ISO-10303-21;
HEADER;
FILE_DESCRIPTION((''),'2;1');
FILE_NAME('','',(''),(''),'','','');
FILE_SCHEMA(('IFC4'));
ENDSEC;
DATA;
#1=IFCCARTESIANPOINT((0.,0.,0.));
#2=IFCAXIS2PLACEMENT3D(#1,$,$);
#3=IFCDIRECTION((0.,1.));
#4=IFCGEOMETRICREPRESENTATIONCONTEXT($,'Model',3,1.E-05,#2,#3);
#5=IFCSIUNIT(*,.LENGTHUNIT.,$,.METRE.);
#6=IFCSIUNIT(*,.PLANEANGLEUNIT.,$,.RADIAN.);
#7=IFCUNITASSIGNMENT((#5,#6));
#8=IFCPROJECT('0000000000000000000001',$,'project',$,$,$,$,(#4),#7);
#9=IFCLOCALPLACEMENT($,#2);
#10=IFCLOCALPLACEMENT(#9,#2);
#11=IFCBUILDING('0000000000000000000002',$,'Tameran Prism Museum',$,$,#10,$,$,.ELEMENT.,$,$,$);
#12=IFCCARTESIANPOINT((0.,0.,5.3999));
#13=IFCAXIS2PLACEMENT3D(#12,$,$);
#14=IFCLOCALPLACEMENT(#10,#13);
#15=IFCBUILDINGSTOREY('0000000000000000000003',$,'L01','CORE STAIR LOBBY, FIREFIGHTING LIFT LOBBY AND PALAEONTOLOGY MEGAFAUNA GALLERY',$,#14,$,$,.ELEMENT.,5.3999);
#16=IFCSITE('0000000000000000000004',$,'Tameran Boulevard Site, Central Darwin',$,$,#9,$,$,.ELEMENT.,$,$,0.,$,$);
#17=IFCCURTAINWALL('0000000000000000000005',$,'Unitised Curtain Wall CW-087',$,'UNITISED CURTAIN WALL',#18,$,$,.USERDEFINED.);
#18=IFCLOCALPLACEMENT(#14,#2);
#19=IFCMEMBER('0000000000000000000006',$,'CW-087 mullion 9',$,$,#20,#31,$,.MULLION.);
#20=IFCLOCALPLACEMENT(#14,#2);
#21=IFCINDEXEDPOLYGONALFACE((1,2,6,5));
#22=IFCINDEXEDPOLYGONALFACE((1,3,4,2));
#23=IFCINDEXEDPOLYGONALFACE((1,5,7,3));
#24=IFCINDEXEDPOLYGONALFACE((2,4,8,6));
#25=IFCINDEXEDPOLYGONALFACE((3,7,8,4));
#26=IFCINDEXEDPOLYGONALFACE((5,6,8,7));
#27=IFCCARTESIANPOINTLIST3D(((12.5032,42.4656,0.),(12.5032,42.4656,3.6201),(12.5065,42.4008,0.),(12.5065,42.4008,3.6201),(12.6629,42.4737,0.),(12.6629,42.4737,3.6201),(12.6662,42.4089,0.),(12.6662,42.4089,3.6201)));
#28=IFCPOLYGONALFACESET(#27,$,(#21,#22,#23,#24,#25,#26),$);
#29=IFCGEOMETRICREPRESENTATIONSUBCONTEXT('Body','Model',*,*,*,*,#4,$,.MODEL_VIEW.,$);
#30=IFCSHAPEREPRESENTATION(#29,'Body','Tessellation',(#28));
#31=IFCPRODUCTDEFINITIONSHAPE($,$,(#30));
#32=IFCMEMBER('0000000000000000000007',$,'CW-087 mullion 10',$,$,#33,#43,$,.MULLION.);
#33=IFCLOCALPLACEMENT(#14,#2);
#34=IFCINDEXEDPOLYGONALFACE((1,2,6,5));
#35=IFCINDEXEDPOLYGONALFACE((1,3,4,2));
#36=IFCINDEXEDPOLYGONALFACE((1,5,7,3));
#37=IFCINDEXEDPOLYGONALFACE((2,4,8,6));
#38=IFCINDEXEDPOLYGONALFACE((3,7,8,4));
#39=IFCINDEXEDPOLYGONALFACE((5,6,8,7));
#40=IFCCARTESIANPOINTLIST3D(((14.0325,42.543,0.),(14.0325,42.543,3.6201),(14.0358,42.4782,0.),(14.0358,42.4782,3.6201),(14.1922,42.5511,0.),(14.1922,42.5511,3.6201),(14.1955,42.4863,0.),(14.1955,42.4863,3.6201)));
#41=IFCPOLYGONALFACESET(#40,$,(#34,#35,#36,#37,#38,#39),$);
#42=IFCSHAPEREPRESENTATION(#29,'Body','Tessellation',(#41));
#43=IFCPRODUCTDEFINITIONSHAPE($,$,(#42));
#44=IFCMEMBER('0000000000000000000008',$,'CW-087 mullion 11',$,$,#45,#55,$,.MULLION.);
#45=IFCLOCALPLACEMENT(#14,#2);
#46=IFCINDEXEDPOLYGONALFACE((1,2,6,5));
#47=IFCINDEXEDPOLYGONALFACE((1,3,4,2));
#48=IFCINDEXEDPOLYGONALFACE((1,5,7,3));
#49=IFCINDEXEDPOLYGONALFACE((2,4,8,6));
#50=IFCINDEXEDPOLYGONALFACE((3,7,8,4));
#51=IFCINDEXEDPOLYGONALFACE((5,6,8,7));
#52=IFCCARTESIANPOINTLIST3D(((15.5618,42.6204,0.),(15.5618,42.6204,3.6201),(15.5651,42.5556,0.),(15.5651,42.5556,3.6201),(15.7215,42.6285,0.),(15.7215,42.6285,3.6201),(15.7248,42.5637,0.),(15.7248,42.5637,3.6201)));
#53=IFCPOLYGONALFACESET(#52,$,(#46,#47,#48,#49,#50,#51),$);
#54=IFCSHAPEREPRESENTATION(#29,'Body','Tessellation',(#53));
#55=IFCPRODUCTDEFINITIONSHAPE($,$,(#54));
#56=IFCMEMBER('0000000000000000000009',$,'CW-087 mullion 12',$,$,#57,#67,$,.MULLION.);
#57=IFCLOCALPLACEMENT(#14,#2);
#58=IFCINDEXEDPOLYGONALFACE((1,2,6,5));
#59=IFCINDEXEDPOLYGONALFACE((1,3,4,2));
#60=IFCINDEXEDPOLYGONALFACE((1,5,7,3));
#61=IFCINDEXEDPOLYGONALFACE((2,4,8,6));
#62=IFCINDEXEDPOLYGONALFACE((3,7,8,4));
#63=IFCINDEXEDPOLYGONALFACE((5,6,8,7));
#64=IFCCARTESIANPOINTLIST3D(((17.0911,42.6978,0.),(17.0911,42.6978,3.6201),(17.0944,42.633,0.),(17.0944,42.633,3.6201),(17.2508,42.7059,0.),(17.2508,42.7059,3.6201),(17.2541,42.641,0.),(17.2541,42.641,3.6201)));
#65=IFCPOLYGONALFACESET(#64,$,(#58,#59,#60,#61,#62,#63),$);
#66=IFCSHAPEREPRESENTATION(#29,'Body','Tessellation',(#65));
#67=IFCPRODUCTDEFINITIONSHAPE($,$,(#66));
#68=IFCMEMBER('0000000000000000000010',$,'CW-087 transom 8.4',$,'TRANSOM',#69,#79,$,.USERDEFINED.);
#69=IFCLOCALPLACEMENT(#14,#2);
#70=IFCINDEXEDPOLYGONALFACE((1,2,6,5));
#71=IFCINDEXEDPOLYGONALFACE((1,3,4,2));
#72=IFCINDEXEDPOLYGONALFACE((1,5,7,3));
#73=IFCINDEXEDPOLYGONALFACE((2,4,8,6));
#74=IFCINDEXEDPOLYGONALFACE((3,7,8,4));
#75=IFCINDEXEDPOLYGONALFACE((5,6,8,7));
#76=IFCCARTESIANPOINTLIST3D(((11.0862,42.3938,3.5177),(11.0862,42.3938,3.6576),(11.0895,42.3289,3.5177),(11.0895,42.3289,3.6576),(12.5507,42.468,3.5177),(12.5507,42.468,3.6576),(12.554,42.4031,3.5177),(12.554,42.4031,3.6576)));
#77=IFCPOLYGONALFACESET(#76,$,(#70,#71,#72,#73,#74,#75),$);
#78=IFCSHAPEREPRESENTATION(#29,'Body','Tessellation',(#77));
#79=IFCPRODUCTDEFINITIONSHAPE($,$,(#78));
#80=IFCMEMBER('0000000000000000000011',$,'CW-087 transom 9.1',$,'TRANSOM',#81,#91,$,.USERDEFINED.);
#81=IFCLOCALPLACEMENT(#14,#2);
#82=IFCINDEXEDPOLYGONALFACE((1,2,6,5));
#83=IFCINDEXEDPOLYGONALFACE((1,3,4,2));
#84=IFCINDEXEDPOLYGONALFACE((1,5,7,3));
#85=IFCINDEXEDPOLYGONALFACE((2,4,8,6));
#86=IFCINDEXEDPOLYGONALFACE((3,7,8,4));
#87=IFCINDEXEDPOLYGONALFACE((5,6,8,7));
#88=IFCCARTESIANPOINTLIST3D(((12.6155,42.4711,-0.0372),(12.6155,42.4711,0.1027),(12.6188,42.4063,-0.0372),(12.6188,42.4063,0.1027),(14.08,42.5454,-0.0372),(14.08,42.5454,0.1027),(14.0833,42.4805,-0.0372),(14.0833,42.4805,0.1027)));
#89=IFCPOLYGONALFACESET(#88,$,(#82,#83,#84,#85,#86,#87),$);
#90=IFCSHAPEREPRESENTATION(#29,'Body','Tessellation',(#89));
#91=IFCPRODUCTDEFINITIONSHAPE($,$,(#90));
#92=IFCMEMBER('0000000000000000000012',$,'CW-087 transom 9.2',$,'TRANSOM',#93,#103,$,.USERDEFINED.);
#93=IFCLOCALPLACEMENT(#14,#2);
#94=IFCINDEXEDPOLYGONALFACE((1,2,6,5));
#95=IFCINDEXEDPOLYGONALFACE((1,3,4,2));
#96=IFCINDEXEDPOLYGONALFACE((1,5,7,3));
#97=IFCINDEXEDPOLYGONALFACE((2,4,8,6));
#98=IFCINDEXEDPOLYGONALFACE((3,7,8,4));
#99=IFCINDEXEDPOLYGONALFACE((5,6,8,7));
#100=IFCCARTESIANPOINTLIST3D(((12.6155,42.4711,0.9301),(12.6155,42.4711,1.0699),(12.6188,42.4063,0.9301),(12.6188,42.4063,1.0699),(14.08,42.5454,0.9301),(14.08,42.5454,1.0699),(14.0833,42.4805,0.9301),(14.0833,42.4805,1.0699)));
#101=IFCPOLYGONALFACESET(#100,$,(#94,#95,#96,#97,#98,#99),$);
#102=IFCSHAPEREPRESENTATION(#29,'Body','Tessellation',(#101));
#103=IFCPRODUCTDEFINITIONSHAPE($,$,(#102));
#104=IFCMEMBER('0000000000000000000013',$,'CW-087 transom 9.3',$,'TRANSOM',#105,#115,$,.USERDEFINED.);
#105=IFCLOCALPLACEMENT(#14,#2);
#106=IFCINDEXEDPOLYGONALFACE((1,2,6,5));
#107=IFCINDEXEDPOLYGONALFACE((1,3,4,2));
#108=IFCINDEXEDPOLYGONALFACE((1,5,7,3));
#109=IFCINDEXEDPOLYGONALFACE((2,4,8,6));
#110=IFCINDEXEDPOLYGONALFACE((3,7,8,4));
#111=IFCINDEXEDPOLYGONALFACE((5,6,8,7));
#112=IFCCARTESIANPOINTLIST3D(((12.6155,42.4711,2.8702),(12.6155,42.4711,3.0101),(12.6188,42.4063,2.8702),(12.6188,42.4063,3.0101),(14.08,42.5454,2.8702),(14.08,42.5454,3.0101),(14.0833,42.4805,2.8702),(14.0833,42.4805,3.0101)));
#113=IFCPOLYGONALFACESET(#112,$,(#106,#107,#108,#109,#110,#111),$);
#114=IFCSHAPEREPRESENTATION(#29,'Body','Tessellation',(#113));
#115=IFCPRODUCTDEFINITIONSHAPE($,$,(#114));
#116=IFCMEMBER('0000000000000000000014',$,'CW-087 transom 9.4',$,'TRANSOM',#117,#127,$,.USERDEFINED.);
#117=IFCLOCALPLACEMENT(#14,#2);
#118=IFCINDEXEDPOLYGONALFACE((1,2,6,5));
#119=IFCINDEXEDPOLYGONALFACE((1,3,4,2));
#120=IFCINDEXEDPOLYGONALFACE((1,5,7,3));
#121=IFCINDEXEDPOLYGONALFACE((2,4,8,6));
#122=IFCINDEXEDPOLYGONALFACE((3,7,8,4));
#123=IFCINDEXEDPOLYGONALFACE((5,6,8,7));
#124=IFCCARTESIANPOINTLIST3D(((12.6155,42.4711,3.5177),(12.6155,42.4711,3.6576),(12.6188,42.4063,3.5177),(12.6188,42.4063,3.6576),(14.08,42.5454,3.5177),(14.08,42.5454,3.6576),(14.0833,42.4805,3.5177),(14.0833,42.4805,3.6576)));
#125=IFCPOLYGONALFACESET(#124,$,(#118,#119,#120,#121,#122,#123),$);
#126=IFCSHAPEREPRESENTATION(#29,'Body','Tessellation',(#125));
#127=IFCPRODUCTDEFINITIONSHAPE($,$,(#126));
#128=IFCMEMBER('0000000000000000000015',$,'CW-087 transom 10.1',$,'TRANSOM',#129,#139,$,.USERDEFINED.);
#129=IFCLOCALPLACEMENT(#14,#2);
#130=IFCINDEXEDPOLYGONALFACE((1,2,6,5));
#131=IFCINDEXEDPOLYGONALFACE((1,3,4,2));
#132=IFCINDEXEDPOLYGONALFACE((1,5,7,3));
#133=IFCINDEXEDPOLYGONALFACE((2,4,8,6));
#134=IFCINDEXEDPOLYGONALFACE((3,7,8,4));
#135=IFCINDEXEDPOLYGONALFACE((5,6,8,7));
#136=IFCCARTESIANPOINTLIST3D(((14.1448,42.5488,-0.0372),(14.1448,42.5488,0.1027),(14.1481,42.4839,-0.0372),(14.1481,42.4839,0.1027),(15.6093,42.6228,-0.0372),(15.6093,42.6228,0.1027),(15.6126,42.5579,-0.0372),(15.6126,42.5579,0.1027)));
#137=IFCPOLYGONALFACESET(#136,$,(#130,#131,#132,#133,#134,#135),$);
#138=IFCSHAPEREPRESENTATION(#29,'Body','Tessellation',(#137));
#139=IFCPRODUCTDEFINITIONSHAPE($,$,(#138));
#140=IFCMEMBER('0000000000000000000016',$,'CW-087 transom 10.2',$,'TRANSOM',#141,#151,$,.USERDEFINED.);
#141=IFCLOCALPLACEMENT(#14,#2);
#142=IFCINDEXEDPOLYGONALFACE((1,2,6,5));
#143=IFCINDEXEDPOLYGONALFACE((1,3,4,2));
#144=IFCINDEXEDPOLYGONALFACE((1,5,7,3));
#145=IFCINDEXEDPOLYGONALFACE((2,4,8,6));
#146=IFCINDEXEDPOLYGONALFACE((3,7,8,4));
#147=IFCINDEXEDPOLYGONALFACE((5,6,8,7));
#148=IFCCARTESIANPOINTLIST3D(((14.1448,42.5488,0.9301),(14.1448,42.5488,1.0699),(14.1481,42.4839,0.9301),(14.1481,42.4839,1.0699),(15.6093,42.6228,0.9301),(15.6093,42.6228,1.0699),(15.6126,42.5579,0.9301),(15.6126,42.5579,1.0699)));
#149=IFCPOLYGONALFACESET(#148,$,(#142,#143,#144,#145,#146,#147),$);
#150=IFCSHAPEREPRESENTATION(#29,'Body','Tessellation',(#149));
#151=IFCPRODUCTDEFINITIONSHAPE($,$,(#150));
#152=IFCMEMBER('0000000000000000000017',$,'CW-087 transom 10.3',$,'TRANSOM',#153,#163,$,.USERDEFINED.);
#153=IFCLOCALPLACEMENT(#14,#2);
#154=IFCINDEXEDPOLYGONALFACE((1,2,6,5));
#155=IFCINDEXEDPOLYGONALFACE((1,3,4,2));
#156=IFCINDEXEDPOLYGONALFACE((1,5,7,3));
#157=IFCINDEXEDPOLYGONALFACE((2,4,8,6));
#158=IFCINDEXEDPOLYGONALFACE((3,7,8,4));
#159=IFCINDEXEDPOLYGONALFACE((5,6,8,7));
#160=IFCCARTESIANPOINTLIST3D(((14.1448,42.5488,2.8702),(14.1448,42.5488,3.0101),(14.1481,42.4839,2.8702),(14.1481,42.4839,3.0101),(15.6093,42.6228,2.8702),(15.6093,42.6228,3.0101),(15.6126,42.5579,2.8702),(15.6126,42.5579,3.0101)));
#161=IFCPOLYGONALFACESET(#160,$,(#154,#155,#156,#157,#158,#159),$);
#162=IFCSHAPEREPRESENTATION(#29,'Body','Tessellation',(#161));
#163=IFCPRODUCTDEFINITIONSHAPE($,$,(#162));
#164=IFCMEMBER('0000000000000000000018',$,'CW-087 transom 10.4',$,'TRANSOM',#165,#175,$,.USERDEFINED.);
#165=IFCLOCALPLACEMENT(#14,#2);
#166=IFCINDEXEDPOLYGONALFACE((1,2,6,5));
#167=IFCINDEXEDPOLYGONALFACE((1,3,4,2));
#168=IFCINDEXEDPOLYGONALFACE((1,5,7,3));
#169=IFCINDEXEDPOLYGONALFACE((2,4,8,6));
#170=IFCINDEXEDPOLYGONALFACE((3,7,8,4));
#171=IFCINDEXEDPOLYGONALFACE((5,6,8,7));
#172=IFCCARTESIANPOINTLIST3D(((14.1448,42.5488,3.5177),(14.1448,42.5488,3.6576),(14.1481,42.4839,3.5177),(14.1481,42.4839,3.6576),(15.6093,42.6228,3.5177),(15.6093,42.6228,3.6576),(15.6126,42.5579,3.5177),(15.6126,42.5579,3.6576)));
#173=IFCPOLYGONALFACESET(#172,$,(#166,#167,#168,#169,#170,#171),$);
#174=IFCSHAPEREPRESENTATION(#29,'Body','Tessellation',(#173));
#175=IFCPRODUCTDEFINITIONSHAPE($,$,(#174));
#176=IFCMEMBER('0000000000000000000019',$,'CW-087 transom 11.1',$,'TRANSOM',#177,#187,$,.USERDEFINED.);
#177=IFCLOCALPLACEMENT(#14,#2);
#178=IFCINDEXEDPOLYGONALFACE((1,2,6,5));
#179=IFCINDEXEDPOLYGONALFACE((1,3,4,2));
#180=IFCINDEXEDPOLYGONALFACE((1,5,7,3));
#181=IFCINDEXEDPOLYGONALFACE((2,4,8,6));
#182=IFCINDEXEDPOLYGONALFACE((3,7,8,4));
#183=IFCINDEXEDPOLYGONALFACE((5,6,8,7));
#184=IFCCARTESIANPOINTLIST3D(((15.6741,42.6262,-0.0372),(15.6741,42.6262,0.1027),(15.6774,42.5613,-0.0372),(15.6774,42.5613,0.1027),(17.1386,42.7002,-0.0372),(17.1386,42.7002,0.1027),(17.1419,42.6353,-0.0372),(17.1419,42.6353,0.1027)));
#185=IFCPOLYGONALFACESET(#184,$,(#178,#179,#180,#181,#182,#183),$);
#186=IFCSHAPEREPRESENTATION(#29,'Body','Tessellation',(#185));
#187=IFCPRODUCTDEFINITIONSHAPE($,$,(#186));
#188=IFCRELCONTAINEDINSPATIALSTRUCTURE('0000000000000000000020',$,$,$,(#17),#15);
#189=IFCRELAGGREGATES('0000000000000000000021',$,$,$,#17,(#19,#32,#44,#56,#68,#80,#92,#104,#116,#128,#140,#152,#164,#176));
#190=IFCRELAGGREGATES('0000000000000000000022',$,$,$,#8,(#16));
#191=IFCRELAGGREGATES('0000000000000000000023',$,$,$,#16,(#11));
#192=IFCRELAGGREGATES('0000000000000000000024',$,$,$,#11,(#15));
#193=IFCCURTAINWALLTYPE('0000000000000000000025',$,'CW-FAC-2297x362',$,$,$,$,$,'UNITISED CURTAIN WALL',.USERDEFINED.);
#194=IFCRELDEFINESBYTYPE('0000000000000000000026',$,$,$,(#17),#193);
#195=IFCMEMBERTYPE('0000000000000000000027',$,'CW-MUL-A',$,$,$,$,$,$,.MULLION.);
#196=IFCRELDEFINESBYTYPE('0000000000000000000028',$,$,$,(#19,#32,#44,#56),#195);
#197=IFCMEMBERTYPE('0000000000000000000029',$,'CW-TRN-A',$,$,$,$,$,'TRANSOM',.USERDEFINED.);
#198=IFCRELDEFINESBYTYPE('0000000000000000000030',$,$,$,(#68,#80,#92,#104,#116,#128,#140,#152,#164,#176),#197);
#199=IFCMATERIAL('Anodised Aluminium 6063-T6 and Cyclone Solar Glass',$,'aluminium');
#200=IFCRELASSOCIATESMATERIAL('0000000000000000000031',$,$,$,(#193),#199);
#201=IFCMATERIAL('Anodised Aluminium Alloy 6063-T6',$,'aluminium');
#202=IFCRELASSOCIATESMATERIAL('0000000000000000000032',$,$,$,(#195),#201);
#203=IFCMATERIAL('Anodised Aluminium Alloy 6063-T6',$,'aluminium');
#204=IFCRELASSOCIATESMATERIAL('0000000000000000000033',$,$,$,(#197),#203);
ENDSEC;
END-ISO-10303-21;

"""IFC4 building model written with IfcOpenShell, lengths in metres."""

from ifc_helpers import new_model, si_unit, direction, frame, origin, origin_2d, place, context, subcontext, project, spatial, rectangle, extrude, material, material_profile, profile_set, type_object, element, aggregate, save


model = new_model("IFC4")

# Units and contexts
model_context = context("Model", 3, precision=1e-05, world=origin(), true_north=direction((0.0, 1.0)))
body_context = subcontext(model_context, "Body", "Model", "MODEL_VIEW")
ifc_project = project(units=[si_unit("LENGTHUNIT", "METRE"), si_unit("PLANEANGLEUNIT", "RADIAN")], contexts=[model_context])

# Site, building, storey
site_placement = place(None, origin())
site = spatial("IfcSite", under=ifc_project, at=site_placement, Name="Tameran Boulevard Site, Central Darwin", CompositionType="ELEMENT", RefElevation=0.0)
building_placement = place(site_placement, origin())
building = spatial("IfcBuilding", under=site, at=building_placement, Name="Tameran Prism Museum", CompositionType="ELEMENT")
storey_placement = place(building_placement, frame((0.0, 0.0, 5.3999)))
storey = spatial("IfcBuildingStorey", under=building, at=storey_placement, Name="L01", Description="CORE STAIR LOBBY, FIREFIGHTING LIFT LOBBY AND PALAEONTOLOGY MEGAFAUNA GALLERY", CompositionType="ELEMENT", Elevation=5.3999)

# Curtain wall, members
ifc_material_1 = material(Name="Anodised Aluminium 6063-T6 and Cyclone Solar Glass", Category="aluminium")
curtain_wall_type = type_object("IfcCurtainWallType", Name="CW-FAC-2297x362", ElementType="UNITISED CURTAIN WALL", PredefinedType="USERDEFINED", material=ifc_material_1)
curtain_wall_placement = place(storey_placement, origin())
curtain_wall = element("IfcCurtainWall", 1, at=curtain_wall_placement, inside=storey, type_object=curtain_wall_type, Name="Unitised Curtain Wall CW-087", ObjectType="UNITISED CURTAIN WALL", PredefinedType="USERDEFINED")
ifc_material_2 = material(Name="Anodised Aluminium Alloy 6063-T6", Category="aluminium")
ifc_material_profile_1 = material_profile(ifc_material_2, rectangle(XDim=0.0649, YDim=0.1599, at=origin_2d()))
ifc_profile_set_1 = profile_set([ifc_material_profile_1])
member_type_1 = type_object("IfcMemberType", Name="CW-MUL-A", PredefinedType="MULLION", material=ifc_profile_set_1)
member_1_placement = place(storey_placement, frame((12.5847, 42.4373, 0.0), z_axis=(0.0, 0.0, 1.0), x_axis=(-0.050546, 0.998722, 0.0)))
member_1 = element("IfcMember", 2, at=member_1_placement, type_object=member_type_1, Name="CW-087 mullion 9", PredefinedType="MULLION", context=body_context, shape_type="SweptSolid", body=[
    extrude(rectangle(XDim=0.0649, YDim=0.1599, at=origin_2d()), origin(), (0.0, 0.0, 1.0), 3.6201),
])
member_2_placement = place(storey_placement, frame((14.114, 42.5146, 0.0), z_axis=(0.0, 0.0, 1.0), x_axis=(-0.050546, 0.998722, 0.0)))
member_2 = element("IfcMember", 3, at=member_2_placement, type_object=member_type_1, Name="CW-087 mullion 10", PredefinedType="MULLION", context=body_context, shape_type="SweptSolid", body=[
    extrude(rectangle(XDim=0.0649, YDim=0.1599, at=origin_2d()), origin(), (0.0, 0.0, 1.0), 3.6201),
])
member_3_placement = place(storey_placement, frame((15.6433, 42.592, 0.0), z_axis=(0.0, 0.0, 1.0), x_axis=(-0.050546, 0.998722, 0.0)))
member_3 = element("IfcMember", 4, at=member_3_placement, type_object=member_type_1, Name="CW-087 mullion 11", PredefinedType="MULLION", context=body_context, shape_type="SweptSolid", body=[
    extrude(rectangle(XDim=0.0649, YDim=0.1599, at=origin_2d()), origin(), (0.0, 0.0, 1.0), 3.6201),
])
member_4_placement = place(storey_placement, frame((17.1726, 42.6694, 0.0), z_axis=(0.0, 0.0, 1.0), x_axis=(-0.050546, 0.998722, 0.0)))
member_4 = element("IfcMember", 5, at=member_4_placement, type_object=member_type_1, Name="CW-087 mullion 12", PredefinedType="MULLION", context=body_context, shape_type="SweptSolid", body=[
    extrude(rectangle(XDim=0.0649, YDim=0.1599, at=origin_2d()), origin(), (0.0, 0.0, 1.0), 3.6201),
])
ifc_material_3 = material(Name="Anodised Aluminium Alloy 6063-T6", Category="aluminium")
ifc_material_profile_2 = material_profile(ifc_material_3, rectangle(XDim=0.0649, YDim=0.1399, at=origin_2d()))
ifc_profile_set_2 = profile_set([ifc_material_profile_2])
member_type_2 = type_object("IfcMemberType", Name="CW-TRN-A", ElementType="TRANSOM", PredefinedType="USERDEFINED", material=ifc_profile_set_2)
member_5_placement = place(storey_placement, frame((11.0879, 42.3613, 3.5876), z_axis=(0.998718, 0.050619, 0.0), x_axis=(-0.050619, 0.998718, 0.0)))
member_5 = element("IfcMember", 6, at=member_5_placement, type_object=member_type_2, Name="CW-087 transom 8.4", ObjectType="TRANSOM", PredefinedType="USERDEFINED", context=body_context, shape_type="SweptSolid", body=[
    extrude(rectangle(XDim=0.0649, YDim=0.1399, at=origin_2d()), origin(), (0.0, 0.0, 1.0), 1.4663),
])
member_6_placement = place(storey_placement, frame((12.6172, 42.4387, 0.0327), z_axis=(0.998718, 0.050619, 0.0), x_axis=(-0.050619, 0.998718, 0.0)))
member_6 = element("IfcMember", 7, at=member_6_placement, type_object=member_type_2, Name="CW-087 transom 9.1", ObjectType="TRANSOM", PredefinedType="USERDEFINED", context=body_context, shape_type="SweptSolid", body=[
    extrude(rectangle(XDim=0.0649, YDim=0.1399, at=origin_2d()), origin(), (0.0, 0.0, 1.0), 1.4663),
])
member_7_placement = place(storey_placement, frame((12.6172, 42.4387, 1.0), z_axis=(0.998718, 0.050619, 0.0), x_axis=(-0.050619, 0.998718, 0.0)))
member_7 = element("IfcMember", 8, at=member_7_placement, type_object=member_type_2, Name="CW-087 transom 9.2", ObjectType="TRANSOM", PredefinedType="USERDEFINED", context=body_context, shape_type="SweptSolid", body=[
    extrude(rectangle(XDim=0.0649, YDim=0.1399, at=origin_2d()), origin(), (0.0, 0.0, 1.0), 1.4663),
])
member_8_placement = place(storey_placement, frame((12.6172, 42.4387, 2.9402), z_axis=(0.998718, 0.050619, 0.0), x_axis=(-0.050619, 0.998718, 0.0)))
member_8 = element("IfcMember", 9, at=member_8_placement, type_object=member_type_2, Name="CW-087 transom 9.3", ObjectType="TRANSOM", PredefinedType="USERDEFINED", context=body_context, shape_type="SweptSolid", body=[
    extrude(rectangle(XDim=0.0649, YDim=0.1399, at=origin_2d()), origin(), (0.0, 0.0, 1.0), 1.4663),
])
member_9_placement = place(storey_placement, frame((12.6172, 42.4387, 3.5876), z_axis=(0.998718, 0.050619, 0.0), x_axis=(-0.050619, 0.998718, 0.0)))
member_9 = element("IfcMember", 10, at=member_9_placement, type_object=member_type_2, Name="CW-087 transom 9.4", ObjectType="TRANSOM", PredefinedType="USERDEFINED", context=body_context, shape_type="SweptSolid", body=[
    extrude(rectangle(XDim=0.0649, YDim=0.1399, at=origin_2d()), origin(), (0.0, 0.0, 1.0), 1.4663),
])
member_10_placement = place(storey_placement, frame((14.1465, 42.5164, 0.0327), z_axis=(0.998726, 0.050453, 0.0), x_axis=(-0.050453, 0.998726, 0.0)))
member_10 = element("IfcMember", 11, at=member_10_placement, type_object=member_type_2, Name="CW-087 transom 10.1", ObjectType="TRANSOM", PredefinedType="USERDEFINED", context=body_context, shape_type="SweptSolid", body=[
    extrude(rectangle(XDim=0.0649, YDim=0.1399, at=origin_2d()), origin(), (0.0, 0.0, 1.0), 1.4663),
])
member_11_placement = place(storey_placement, frame((14.1465, 42.5164, 1.0), z_axis=(0.998726, 0.050453, 0.0), x_axis=(-0.050453, 0.998726, 0.0)))
member_11 = element("IfcMember", 12, at=member_11_placement, type_object=member_type_2, Name="CW-087 transom 10.2", ObjectType="TRANSOM", PredefinedType="USERDEFINED", context=body_context, shape_type="SweptSolid", body=[
    extrude(rectangle(XDim=0.0649, YDim=0.1399, at=origin_2d()), origin(), (0.0, 0.0, 1.0), 1.4663),
])
member_12_placement = place(storey_placement, frame((14.1465, 42.5164, 2.9402), z_axis=(0.998726, 0.050453, 0.0), x_axis=(-0.050453, 0.998726, 0.0)))
member_12 = element("IfcMember", 13, at=member_12_placement, type_object=member_type_2, Name="CW-087 transom 10.3", ObjectType="TRANSOM", PredefinedType="USERDEFINED", context=body_context, shape_type="SweptSolid", body=[
    extrude(rectangle(XDim=0.0649, YDim=0.1399, at=origin_2d()), origin(), (0.0, 0.0, 1.0), 1.4663),
])
member_13_placement = place(storey_placement, frame((14.1465, 42.5164, 3.5876), z_axis=(0.998726, 0.050453, 0.0), x_axis=(-0.050453, 0.998726, 0.0)))
member_13 = element("IfcMember", 14, at=member_13_placement, type_object=member_type_2, Name="CW-087 transom 10.4", ObjectType="TRANSOM", PredefinedType="USERDEFINED", context=body_context, shape_type="SweptSolid", body=[
    extrude(rectangle(XDim=0.0649, YDim=0.1399, at=origin_2d()), origin(), (0.0, 0.0, 1.0), 1.4663),
])
member_14_placement = place(storey_placement, frame((15.6758, 42.5938, 0.0327), z_axis=(0.998726, 0.050453, 0.0), x_axis=(-0.050453, 0.998726, 0.0)))
member_14 = element("IfcMember", 15, at=member_14_placement, type_object=member_type_2, Name="CW-087 transom 11.1", ObjectType="TRANSOM", PredefinedType="USERDEFINED", context=body_context, shape_type="SweptSolid", body=[
    extrude(rectangle(XDim=0.0649, YDim=0.1399, at=origin_2d()), origin(), (0.0, 0.0, 1.0), 1.4663),
])
aggregate(curtain_wall, [member_1, member_2, member_3, member_4, member_5, member_6, member_7, member_8, member_9, member_10, member_11, member_12, member_13, member_14])

save(model, "model.ifc")
